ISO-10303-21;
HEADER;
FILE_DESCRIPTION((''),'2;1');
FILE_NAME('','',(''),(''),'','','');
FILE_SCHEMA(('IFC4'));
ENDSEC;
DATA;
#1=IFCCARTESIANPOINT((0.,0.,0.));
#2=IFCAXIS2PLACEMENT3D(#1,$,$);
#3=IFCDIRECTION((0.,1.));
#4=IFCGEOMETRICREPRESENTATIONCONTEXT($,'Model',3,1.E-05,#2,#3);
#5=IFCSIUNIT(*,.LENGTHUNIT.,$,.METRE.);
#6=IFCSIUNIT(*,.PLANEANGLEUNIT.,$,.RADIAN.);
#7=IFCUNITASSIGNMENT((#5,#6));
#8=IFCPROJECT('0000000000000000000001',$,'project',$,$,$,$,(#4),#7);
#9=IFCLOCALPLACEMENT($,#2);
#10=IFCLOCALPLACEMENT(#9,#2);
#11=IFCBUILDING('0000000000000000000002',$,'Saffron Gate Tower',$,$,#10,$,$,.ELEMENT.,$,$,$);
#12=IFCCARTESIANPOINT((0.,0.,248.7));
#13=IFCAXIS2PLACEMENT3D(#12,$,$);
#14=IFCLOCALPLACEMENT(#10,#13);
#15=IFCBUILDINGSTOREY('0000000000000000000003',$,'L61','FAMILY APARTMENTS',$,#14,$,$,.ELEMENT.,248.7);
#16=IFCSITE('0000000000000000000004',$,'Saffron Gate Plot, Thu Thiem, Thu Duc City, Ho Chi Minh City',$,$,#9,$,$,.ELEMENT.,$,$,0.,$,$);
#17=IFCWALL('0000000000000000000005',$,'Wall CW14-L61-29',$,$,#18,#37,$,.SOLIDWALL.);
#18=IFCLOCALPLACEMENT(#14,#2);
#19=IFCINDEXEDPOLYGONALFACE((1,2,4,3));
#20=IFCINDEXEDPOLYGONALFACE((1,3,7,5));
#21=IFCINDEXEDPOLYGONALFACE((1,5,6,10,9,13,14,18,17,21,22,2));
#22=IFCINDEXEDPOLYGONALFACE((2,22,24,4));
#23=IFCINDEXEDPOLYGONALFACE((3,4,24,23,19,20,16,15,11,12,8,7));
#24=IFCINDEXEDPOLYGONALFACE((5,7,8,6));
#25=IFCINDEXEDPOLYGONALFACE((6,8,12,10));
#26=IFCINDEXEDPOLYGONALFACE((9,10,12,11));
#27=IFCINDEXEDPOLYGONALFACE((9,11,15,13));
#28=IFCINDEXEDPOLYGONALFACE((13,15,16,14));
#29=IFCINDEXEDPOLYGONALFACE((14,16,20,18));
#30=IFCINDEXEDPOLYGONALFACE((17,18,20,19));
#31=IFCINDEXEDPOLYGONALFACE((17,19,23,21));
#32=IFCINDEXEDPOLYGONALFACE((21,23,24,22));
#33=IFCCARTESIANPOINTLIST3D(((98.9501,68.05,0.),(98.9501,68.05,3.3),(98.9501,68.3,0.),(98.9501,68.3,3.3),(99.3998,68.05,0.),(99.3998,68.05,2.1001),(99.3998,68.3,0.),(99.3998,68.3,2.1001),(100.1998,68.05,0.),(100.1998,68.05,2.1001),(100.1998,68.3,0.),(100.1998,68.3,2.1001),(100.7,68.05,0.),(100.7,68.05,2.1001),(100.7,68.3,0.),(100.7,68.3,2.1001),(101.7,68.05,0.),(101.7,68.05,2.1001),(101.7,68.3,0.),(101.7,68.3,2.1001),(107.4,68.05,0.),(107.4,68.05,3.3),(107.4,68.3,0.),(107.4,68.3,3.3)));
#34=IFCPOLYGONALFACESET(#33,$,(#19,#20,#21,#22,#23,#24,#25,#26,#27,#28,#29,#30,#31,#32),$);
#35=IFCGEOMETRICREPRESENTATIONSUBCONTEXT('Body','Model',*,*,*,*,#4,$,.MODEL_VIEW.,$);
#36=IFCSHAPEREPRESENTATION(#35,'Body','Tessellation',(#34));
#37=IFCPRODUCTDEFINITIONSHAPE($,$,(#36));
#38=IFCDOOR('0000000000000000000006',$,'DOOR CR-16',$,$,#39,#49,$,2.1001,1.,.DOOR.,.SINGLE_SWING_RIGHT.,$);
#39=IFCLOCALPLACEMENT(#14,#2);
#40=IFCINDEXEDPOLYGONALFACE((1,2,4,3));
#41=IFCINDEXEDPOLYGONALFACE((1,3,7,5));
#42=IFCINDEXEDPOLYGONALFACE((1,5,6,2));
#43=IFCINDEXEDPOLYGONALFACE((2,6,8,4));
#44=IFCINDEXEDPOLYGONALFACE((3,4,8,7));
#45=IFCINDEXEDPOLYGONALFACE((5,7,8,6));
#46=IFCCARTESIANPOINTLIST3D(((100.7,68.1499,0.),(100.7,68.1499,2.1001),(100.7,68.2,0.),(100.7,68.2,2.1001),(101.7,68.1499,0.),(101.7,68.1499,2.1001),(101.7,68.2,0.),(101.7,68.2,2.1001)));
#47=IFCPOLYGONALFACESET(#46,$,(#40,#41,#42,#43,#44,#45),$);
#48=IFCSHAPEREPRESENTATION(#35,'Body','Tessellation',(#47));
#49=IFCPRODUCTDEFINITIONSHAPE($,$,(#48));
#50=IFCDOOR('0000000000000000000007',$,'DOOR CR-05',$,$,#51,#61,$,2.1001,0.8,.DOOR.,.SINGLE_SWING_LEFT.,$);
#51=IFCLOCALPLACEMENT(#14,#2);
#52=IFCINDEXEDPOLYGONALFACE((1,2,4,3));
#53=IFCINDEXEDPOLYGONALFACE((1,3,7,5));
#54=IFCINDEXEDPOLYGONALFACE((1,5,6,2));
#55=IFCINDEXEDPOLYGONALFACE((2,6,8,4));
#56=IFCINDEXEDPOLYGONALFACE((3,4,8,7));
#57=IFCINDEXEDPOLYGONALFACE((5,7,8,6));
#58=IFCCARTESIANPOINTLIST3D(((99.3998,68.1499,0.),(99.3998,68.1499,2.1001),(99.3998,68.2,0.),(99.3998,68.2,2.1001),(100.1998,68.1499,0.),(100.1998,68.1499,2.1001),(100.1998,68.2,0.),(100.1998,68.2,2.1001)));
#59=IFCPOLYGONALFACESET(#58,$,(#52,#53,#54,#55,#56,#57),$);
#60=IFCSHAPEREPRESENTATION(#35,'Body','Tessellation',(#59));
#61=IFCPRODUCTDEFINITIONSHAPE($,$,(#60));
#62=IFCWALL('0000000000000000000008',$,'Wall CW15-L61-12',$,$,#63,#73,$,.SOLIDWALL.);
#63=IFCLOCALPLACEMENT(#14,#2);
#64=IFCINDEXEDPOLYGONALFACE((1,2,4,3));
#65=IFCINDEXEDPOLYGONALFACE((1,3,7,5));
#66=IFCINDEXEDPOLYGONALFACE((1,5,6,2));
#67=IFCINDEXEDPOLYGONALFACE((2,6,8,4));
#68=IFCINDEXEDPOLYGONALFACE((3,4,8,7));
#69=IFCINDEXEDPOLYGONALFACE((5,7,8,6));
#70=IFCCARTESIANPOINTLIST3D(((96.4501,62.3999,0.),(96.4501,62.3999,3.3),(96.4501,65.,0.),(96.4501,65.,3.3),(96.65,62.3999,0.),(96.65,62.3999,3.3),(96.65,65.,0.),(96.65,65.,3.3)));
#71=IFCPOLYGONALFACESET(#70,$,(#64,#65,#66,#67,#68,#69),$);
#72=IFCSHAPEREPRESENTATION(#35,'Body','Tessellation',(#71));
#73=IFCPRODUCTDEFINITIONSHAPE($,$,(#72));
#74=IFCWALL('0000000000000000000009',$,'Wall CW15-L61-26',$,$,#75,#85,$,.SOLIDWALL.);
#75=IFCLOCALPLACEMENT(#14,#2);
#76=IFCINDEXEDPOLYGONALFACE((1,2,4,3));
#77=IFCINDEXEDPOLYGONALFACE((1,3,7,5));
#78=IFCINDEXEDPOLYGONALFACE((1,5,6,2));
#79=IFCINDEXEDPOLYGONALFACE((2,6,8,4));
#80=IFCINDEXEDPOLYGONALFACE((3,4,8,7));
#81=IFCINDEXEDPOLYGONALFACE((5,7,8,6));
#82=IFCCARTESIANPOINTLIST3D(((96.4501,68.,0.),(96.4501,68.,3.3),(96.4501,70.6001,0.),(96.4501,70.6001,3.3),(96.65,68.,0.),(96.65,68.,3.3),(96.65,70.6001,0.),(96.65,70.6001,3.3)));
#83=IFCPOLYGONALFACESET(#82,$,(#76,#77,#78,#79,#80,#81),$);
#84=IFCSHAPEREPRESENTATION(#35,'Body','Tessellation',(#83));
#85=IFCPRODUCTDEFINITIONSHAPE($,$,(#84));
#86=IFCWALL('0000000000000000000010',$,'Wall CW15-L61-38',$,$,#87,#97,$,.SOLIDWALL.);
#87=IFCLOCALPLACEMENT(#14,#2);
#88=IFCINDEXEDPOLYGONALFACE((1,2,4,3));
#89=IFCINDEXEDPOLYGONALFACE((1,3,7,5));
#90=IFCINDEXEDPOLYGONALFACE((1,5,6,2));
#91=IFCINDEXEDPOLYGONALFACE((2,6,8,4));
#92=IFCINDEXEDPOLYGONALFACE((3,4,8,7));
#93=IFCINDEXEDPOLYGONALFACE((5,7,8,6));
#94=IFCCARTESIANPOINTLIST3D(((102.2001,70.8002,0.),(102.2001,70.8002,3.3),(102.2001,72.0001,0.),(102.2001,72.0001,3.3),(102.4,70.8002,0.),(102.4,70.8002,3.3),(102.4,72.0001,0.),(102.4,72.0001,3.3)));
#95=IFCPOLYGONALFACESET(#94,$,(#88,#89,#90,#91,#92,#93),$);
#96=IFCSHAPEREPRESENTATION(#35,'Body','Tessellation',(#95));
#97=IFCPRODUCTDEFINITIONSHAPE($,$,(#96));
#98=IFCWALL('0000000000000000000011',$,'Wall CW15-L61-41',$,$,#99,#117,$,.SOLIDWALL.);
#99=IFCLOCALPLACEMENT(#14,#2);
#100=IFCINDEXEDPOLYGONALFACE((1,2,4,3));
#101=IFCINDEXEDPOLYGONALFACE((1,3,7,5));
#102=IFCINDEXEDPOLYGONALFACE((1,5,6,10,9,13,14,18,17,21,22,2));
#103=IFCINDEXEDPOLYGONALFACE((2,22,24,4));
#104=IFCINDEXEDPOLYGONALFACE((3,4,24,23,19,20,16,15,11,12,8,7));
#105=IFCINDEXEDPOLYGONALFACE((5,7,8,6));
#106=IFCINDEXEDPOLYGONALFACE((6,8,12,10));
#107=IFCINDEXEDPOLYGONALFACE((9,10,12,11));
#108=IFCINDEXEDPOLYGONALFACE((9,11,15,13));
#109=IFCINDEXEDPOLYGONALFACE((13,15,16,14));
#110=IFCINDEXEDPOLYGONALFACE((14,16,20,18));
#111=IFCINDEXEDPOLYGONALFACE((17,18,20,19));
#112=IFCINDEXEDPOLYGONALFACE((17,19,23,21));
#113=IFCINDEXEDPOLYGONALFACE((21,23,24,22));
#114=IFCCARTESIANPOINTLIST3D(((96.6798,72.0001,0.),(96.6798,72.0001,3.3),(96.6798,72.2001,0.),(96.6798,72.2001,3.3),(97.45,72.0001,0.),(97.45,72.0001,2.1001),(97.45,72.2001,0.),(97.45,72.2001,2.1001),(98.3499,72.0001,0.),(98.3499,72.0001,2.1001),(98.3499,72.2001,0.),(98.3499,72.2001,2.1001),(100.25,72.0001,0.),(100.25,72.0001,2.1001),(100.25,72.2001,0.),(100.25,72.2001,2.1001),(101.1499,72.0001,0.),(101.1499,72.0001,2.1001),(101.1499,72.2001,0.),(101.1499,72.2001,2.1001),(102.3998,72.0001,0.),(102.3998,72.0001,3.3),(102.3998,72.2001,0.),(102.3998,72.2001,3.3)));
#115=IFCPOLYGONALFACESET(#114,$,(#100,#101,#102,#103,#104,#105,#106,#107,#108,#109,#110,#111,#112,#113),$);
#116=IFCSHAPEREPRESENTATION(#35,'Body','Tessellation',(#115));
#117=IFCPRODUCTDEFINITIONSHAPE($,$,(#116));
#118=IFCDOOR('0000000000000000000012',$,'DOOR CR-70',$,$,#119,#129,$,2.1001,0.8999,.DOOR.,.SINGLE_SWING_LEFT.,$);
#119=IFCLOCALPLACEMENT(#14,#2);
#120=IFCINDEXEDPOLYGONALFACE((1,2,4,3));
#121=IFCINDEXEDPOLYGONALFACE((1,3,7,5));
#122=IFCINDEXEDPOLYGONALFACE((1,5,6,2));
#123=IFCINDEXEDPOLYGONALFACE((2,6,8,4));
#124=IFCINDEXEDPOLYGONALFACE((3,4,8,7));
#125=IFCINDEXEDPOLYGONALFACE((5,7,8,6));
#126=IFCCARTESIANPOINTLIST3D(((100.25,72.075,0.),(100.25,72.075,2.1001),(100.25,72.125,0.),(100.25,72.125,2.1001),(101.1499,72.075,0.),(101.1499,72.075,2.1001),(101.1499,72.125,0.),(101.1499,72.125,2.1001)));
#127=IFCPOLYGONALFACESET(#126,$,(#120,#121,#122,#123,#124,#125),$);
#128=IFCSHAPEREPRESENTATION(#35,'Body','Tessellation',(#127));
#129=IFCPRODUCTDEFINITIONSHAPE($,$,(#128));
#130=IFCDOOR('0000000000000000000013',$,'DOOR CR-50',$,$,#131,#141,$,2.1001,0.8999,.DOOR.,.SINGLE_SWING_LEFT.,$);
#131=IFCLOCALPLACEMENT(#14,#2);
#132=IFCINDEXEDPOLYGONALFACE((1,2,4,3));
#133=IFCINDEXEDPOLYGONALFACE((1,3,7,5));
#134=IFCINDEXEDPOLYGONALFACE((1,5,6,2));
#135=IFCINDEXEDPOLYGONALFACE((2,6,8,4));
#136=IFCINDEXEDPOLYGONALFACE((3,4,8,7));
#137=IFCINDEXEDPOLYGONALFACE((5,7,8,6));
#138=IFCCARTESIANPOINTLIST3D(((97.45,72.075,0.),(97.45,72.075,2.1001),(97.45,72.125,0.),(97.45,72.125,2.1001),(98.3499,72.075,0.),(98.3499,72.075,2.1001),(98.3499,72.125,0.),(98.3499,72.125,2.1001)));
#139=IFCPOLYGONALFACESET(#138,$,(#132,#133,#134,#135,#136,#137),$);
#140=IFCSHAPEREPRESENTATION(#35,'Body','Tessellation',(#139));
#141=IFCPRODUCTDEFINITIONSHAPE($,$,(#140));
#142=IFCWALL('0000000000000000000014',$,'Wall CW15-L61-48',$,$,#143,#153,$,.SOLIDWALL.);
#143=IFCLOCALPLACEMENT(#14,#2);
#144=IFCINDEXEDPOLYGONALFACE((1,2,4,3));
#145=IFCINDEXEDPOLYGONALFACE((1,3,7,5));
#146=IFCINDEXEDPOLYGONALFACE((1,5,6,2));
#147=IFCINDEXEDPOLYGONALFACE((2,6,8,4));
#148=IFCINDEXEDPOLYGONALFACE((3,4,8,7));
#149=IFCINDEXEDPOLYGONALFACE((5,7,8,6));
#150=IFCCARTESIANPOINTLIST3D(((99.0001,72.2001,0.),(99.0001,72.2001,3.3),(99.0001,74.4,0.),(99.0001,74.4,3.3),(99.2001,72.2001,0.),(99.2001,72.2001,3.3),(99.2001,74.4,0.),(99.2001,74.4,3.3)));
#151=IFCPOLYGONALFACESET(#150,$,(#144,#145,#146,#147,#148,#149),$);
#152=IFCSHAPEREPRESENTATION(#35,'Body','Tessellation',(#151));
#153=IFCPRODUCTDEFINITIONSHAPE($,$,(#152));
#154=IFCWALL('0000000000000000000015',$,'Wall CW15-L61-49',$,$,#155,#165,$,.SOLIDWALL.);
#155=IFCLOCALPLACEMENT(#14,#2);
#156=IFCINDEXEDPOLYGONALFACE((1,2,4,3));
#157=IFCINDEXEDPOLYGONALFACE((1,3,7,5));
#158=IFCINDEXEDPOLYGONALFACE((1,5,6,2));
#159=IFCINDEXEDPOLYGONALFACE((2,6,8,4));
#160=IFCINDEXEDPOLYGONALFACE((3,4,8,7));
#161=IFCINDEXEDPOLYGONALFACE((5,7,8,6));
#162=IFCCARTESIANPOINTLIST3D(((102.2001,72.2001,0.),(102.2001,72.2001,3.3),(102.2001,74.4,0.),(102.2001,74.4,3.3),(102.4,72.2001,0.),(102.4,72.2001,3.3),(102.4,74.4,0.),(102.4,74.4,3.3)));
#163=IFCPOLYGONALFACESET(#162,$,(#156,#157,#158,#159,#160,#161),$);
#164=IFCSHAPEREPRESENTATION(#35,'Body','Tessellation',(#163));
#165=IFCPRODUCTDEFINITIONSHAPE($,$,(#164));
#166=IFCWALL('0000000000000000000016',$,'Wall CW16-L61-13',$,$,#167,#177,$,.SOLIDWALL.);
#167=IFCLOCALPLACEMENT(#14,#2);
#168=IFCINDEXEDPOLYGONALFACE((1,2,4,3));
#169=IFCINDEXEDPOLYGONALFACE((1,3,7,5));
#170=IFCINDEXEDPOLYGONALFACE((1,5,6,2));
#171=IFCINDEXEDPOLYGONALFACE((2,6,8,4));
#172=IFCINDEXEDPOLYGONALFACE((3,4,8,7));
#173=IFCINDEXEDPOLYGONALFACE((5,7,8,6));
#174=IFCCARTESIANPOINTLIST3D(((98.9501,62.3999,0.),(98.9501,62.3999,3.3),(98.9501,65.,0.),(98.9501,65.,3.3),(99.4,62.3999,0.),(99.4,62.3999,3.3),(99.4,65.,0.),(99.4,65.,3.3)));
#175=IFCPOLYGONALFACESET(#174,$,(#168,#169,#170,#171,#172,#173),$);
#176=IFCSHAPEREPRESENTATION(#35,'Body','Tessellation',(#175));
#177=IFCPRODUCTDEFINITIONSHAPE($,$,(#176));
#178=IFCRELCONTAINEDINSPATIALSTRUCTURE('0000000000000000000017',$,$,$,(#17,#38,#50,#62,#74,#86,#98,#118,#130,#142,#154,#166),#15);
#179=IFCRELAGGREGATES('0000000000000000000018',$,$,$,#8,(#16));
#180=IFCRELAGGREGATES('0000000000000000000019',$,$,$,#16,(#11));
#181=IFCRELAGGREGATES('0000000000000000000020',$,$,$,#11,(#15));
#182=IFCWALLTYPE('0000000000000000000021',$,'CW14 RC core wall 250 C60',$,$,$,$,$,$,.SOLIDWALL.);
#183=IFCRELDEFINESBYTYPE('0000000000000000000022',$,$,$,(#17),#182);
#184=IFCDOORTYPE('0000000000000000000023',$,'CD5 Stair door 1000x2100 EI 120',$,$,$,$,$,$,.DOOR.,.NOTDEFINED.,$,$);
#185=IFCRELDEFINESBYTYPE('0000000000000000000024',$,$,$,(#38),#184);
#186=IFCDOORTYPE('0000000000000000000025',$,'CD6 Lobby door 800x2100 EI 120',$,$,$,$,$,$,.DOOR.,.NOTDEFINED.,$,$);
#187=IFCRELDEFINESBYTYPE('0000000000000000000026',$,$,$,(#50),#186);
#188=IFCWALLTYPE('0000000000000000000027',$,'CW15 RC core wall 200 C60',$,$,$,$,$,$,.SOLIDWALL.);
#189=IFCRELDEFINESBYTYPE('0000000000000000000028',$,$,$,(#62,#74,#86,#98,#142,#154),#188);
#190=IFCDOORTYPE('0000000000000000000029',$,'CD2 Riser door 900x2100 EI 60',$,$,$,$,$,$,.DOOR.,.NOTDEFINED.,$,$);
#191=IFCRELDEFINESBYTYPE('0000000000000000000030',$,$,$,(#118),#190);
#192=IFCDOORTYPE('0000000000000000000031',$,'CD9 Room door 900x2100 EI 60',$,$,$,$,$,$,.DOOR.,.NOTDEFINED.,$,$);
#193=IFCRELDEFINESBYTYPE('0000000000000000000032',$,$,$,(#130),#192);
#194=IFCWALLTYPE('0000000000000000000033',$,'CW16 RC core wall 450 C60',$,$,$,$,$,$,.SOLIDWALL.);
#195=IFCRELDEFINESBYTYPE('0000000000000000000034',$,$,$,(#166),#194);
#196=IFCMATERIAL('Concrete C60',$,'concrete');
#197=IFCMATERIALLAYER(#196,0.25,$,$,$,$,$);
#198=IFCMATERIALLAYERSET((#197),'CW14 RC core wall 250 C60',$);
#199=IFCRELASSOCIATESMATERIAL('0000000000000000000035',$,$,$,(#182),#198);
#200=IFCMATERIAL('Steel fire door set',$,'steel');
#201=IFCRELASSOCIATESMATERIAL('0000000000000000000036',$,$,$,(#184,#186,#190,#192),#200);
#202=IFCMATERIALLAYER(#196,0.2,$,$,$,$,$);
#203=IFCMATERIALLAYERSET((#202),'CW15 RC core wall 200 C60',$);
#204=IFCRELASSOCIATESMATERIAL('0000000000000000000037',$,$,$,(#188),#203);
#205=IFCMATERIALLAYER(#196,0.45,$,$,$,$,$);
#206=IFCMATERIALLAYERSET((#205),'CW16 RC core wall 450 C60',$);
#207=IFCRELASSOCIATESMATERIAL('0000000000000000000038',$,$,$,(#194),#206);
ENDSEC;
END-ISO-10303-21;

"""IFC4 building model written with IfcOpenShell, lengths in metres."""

from ifc_helpers import new_model, si_unit, direction, frame, frame_2d, origin, place, context, subcontext, project, spatial, rectangle, extrude, material, layer, layer_set, type_object, element, fill, save


model = new_model("IFC4")

# Units and contexts
model_context = context("Model", 3, precision=1e-05, world=origin(), true_north=direction((0.0, 1.0)))
body_context = subcontext(model_context, "Body", "Model", "MODEL_VIEW")
ifc_project = project(units=[si_unit("LENGTHUNIT", "METRE"), si_unit("PLANEANGLEUNIT", "RADIAN")], contexts=[model_context])

# Site, building, storey
site_placement = place(None, origin())
site = spatial("IfcSite", under=ifc_project, at=site_placement, Name="Saffron Gate Plot, Thu Thiem, Thu Duc City, Ho Chi Minh City", CompositionType="ELEMENT", RefElevation=0.0)
building_placement = place(site_placement, origin())
building = spatial("IfcBuilding", under=site, at=building_placement, Name="Saffron Gate Tower", CompositionType="ELEMENT")
storey_placement = place(building_placement, frame((0.0, 0.0, 248.7)))
storey = spatial("IfcBuildingStorey", under=building, at=storey_placement, Name="L61", Description="FAMILY APARTMENTS", CompositionType="ELEMENT", Elevation=248.7)

# Wall, openings, doors
ifc_material_1 = material(Name="Concrete C60", Category="concrete")
ifc_layer_1 = layer(ifc_material_1, 0.25)
ifc_layer_set_1 = layer_set([ifc_layer_1], Name="CW14 RC core wall 250 C60")
wall_type_1 = type_object("IfcWallType", Name="CW14 RC core wall 250 C60", PredefinedType="SOLIDWALL", material=ifc_layer_set_1)
wall_1_placement = place(storey_placement, frame((98.95, 68.175, 0.0), z_axis=(0.0, 0.0, 1.0), x_axis=(1.0, 0.0, 0.0)))
wall_1 = element("IfcWall", 1, at=wall_1_placement, inside=storey, type_object=wall_type_1, Name="Wall CW14-L61-29", PredefinedType="SOLIDWALL", context=body_context, shape_type="SweptSolid", body=[
    extrude(rectangle(XDim=8.45, YDim=0.25, at=frame_2d((4.2251, 0.0))), origin(), (0.0, 0.0, 1.0), 3.3),
])
opening_1_placement = place(wall_1_placement, frame((0.45, 0.0, 0.0)))
opening_1 = element("IfcOpeningElement", 2, at=opening_1_placement, cuts=wall_1, PredefinedType="OPENING", context=body_context, shape_type="SweptSolid", body=[
    extrude(rectangle(XDim=0.8, YDim=2.1001, at=frame_2d((0.3999, 1.05))), frame((0.0, 0.135, 0.0), z_axis=(0.0, -1.0, 0.0), x_axis=(1.0, 0.0, 0.0)), (0.0, 0.0, 1.0), 0.27),
])
opening_2_placement = place(wall_1_placement, frame((1.75, 0.0, 0.0)))
opening_2 = element("IfcOpeningElement", 3, at=opening_2_placement, cuts=wall_1, PredefinedType="OPENING", context=body_context, shape_type="SweptSolid", body=[
    extrude(rectangle(XDim=1.0, YDim=2.1001, at=frame_2d((0.5, 1.05))), frame((0.0, 0.135, 0.0), z_axis=(0.0, -1.0, 0.0), x_axis=(1.0, 0.0, 0.0)), (0.0, 0.0, 1.0), 0.27),
])
ifc_material_2 = material(Name="Steel fire door set", Category="steel")
door_type_1 = type_object("IfcDoorType", Name="CD5 Stair door 1000x2100 EI 120", OperationType="NOTDEFINED", PredefinedType="DOOR", material=ifc_material_2)
door_1_placement = place(opening_2_placement, origin())
door_1 = element("IfcDoor", 4, at=door_1_placement, inside=storey, type_object=door_type_1, Name="DOOR CR-16", OperationType="SINGLE_SWING_RIGHT", OverallHeight=2.1001, OverallWidth=1.0, PredefinedType="DOOR", context=body_context, shape_type="SweptSolid", body=[
    extrude(rectangle(XDim=1.0, YDim=2.1001, at=frame_2d((0.5, 1.05))), frame((0.0, 0.0249, 0.0), z_axis=(0.0, -1.0, 0.0), x_axis=(1.0, 0.0, 0.0)), (0.0, 0.0, 1.0), 0.05),
])
fill(opening_2, door_1)
door_type_2 = type_object("IfcDoorType", Name="CD6 Lobby door 800x2100 EI 120", OperationType="NOTDEFINED", PredefinedType="DOOR", material=ifc_material_2)
door_2_placement = place(opening_1_placement, origin())
door_2 = element("IfcDoor", 5, at=door_2_placement, inside=storey, type_object=door_type_2, Name="DOOR CR-05", OperationType="SINGLE_SWING_LEFT", OverallHeight=2.1001, OverallWidth=0.8, PredefinedType="DOOR", context=body_context, shape_type="SweptSolid", body=[
    extrude(rectangle(XDim=0.8, YDim=2.1001, at=frame_2d((0.3999, 1.05))), frame((0.0, 0.0249, 0.0), z_axis=(0.0, -1.0, 0.0), x_axis=(1.0, 0.0, 0.0)), (0.0, 0.0, 1.0), 0.05),
])
fill(opening_1, door_2)

# Walls
ifc_layer_2 = layer(ifc_material_1, 0.2)
ifc_layer_set_2 = layer_set([ifc_layer_2], Name="CW15 RC core wall 200 C60")
wall_type_2 = type_object("IfcWallType", Name="CW15 RC core wall 200 C60", PredefinedType="SOLIDWALL", material=ifc_layer_set_2)
for number, where, z_axis, x_axis, name in (
    (6, (96.55, 62.3999, 0.0), (0.0, 0.0, 1.0), (0.0, 1.0, 0.0), "Wall CW15-L61-12"),
    (7, (96.55, 68.0, 0.0), (0.0, 0.0, 1.0), (0.0, 1.0, 0.0), "Wall CW15-L61-26"),
):
    element("IfcWall", number, at=place(storey_placement, frame(where, z_axis=z_axis, x_axis=x_axis)), inside=storey, type_object=wall_type_2, Name=name, PredefinedType="SOLIDWALL", context=body_context, shape_type="SweptSolid", body=[
        extrude(rectangle(XDim=2.6001, YDim=0.2, at=frame_2d((1.3, 0.0))), origin(), (0.0, 0.0, 1.0), 3.3),
    ])
wall_2_placement = place(storey_placement, frame((102.3, 70.8, 0.0), z_axis=(0.0, 0.0, 1.0), x_axis=(0.0, 1.0, 0.0)))
element("IfcWall", 8, at=wall_2_placement, inside=storey, type_object=wall_type_2, Name="Wall CW15-L61-38", PredefinedType="SOLIDWALL", context=body_context, shape_type="SweptSolid", body=[
    extrude(rectangle(XDim=1.2, YDim=0.2, at=frame_2d((0.6001, 0.0))), origin(), (0.0, 0.0, 1.0), 3.3),
])

# Wall, openings, doors
wall_3_placement = place(storey_placement, frame((96.6799, 72.1001, 0.0), z_axis=(0.0, 0.0, 1.0), x_axis=(1.0, 0.0, 0.0)))
wall_3 = element("IfcWall", 9, at=wall_3_placement, inside=storey, type_object=wall_type_2, Name="Wall CW15-L61-41", PredefinedType="SOLIDWALL", context=body_context, shape_type="SweptSolid", body=[
    extrude(rectangle(XDim=5.72, YDim=0.2, at=frame_2d((2.8599, 0.0))), origin(), (0.0, 0.0, 1.0), 3.3),
])
opening_3_placement = place(wall_3_placement, frame((0.77, 0.0, 0.0)))
opening_3 = element("IfcOpeningElement", 10, at=opening_3_placement, cuts=wall_3, PredefinedType="OPENING", context=body_context, shape_type="SweptSolid", body=[
    extrude(rectangle(XDim=0.8999, YDim=2.1001, at=frame_2d((0.45, 1.05))), frame((0.0, 0.1099, 0.0), z_axis=(0.0, -1.0, 0.0), x_axis=(1.0, 0.0, 0.0)), (0.0, 0.0, 1.0), 0.22),
])
opening_4_placement = place(wall_3_placement, frame((3.5701, 0.0, 0.0)))
opening_4 = element("IfcOpeningElement", 11, at=opening_4_placement, cuts=wall_3, PredefinedType="OPENING", context=body_context, shape_type="SweptSolid", body=[
    extrude(rectangle(XDim=0.8999, YDim=2.1001, at=frame_2d((0.45, 1.05))), frame((0.0, 0.1099, 0.0), z_axis=(0.0, -1.0, 0.0), x_axis=(1.0, 0.0, 0.0)), (0.0, 0.0, 1.0), 0.22),
])
door_type_3 = type_object("IfcDoorType", Name="CD2 Riser door 900x2100 EI 60", OperationType="NOTDEFINED", PredefinedType="DOOR", material=ifc_material_2)
door_3_placement = place(opening_4_placement, origin())
door_3 = element("IfcDoor", 12, at=door_3_placement, inside=storey, type_object=door_type_3, Name="DOOR CR-70", OperationType="SINGLE_SWING_LEFT", OverallHeight=2.1001, OverallWidth=0.8999, PredefinedType="DOOR", context=body_context, shape_type="SweptSolid", body=[
    extrude(rectangle(XDim=0.8999, YDim=2.1001, at=frame_2d((0.45, 1.05))), frame((0.0, 0.0249, 0.0), z_axis=(0.0, -1.0, 0.0), x_axis=(1.0, 0.0, 0.0)), (0.0, 0.0, 1.0), 0.05),
])
fill(opening_4, door_3)
door_type_4 = type_object("IfcDoorType", Name="CD9 Room door 900x2100 EI 60", OperationType="NOTDEFINED", PredefinedType="DOOR", material=ifc_material_2)
door_4_placement = place(opening_3_placement, origin())
door_4 = element("IfcDoor", 13, at=door_4_placement, inside=storey, type_object=door_type_4, Name="DOOR CR-50", OperationType="SINGLE_SWING_LEFT", OverallHeight=2.1001, OverallWidth=0.8999, PredefinedType="DOOR", context=body_context, shape_type="SweptSolid", body=[
    extrude(rectangle(XDim=0.8999, YDim=2.1001, at=frame_2d((0.45, 1.05))), frame((0.0, 0.0249, 0.0), z_axis=(0.0, -1.0, 0.0), x_axis=(1.0, 0.0, 0.0)), (0.0, 0.0, 1.0), 0.05),
])
fill(opening_3, door_4)

# Walls
for number, where, z_axis, x_axis, name in (
    (14, (99.1001, 72.2, 0.0), (0.0, 0.0, 1.0), (0.0, 1.0, 0.0), "Wall CW15-L61-48"),
    (15, (102.3, 72.2, 0.0), (0.0, 0.0, 1.0), (0.0, 1.0, 0.0), "Wall CW15-L61-49"),
):
    element("IfcWall", number, at=place(storey_placement, frame(where, z_axis=z_axis, x_axis=x_axis)), inside=storey, type_object=wall_type_2, Name=name, PredefinedType="SOLIDWALL", context=body_context, shape_type="SweptSolid", body=[
        extrude(rectangle(XDim=2.2, YDim=0.2, at=frame_2d((1.1001, 0.0))), origin(), (0.0, 0.0, 1.0), 3.3),
    ])
ifc_layer_3 = layer(ifc_material_1, 0.45)
ifc_layer_set_3 = layer_set([ifc_layer_3], Name="CW16 RC core wall 450 C60")
wall_type_3 = type_object("IfcWallType", Name="CW16 RC core wall 450 C60", PredefinedType="SOLIDWALL", material=ifc_layer_set_3)
wall_4_placement = place(storey_placement, frame((99.175, 62.3999, 0.0), z_axis=(0.0, 0.0, 1.0), x_axis=(0.0, 1.0, 0.0)))
element("IfcWall", 16, at=wall_4_placement, inside=storey, type_object=wall_type_3, Name="Wall CW16-L61-13", PredefinedType="SOLIDWALL", context=body_context, shape_type="SweptSolid", body=[
    extrude(rectangle(XDim=2.6001, YDim=0.45, at=frame_2d((1.3, 0.0))), origin(), (0.0, 0.0, 1.0), 3.3),
])

save(model, "model.ifc")
